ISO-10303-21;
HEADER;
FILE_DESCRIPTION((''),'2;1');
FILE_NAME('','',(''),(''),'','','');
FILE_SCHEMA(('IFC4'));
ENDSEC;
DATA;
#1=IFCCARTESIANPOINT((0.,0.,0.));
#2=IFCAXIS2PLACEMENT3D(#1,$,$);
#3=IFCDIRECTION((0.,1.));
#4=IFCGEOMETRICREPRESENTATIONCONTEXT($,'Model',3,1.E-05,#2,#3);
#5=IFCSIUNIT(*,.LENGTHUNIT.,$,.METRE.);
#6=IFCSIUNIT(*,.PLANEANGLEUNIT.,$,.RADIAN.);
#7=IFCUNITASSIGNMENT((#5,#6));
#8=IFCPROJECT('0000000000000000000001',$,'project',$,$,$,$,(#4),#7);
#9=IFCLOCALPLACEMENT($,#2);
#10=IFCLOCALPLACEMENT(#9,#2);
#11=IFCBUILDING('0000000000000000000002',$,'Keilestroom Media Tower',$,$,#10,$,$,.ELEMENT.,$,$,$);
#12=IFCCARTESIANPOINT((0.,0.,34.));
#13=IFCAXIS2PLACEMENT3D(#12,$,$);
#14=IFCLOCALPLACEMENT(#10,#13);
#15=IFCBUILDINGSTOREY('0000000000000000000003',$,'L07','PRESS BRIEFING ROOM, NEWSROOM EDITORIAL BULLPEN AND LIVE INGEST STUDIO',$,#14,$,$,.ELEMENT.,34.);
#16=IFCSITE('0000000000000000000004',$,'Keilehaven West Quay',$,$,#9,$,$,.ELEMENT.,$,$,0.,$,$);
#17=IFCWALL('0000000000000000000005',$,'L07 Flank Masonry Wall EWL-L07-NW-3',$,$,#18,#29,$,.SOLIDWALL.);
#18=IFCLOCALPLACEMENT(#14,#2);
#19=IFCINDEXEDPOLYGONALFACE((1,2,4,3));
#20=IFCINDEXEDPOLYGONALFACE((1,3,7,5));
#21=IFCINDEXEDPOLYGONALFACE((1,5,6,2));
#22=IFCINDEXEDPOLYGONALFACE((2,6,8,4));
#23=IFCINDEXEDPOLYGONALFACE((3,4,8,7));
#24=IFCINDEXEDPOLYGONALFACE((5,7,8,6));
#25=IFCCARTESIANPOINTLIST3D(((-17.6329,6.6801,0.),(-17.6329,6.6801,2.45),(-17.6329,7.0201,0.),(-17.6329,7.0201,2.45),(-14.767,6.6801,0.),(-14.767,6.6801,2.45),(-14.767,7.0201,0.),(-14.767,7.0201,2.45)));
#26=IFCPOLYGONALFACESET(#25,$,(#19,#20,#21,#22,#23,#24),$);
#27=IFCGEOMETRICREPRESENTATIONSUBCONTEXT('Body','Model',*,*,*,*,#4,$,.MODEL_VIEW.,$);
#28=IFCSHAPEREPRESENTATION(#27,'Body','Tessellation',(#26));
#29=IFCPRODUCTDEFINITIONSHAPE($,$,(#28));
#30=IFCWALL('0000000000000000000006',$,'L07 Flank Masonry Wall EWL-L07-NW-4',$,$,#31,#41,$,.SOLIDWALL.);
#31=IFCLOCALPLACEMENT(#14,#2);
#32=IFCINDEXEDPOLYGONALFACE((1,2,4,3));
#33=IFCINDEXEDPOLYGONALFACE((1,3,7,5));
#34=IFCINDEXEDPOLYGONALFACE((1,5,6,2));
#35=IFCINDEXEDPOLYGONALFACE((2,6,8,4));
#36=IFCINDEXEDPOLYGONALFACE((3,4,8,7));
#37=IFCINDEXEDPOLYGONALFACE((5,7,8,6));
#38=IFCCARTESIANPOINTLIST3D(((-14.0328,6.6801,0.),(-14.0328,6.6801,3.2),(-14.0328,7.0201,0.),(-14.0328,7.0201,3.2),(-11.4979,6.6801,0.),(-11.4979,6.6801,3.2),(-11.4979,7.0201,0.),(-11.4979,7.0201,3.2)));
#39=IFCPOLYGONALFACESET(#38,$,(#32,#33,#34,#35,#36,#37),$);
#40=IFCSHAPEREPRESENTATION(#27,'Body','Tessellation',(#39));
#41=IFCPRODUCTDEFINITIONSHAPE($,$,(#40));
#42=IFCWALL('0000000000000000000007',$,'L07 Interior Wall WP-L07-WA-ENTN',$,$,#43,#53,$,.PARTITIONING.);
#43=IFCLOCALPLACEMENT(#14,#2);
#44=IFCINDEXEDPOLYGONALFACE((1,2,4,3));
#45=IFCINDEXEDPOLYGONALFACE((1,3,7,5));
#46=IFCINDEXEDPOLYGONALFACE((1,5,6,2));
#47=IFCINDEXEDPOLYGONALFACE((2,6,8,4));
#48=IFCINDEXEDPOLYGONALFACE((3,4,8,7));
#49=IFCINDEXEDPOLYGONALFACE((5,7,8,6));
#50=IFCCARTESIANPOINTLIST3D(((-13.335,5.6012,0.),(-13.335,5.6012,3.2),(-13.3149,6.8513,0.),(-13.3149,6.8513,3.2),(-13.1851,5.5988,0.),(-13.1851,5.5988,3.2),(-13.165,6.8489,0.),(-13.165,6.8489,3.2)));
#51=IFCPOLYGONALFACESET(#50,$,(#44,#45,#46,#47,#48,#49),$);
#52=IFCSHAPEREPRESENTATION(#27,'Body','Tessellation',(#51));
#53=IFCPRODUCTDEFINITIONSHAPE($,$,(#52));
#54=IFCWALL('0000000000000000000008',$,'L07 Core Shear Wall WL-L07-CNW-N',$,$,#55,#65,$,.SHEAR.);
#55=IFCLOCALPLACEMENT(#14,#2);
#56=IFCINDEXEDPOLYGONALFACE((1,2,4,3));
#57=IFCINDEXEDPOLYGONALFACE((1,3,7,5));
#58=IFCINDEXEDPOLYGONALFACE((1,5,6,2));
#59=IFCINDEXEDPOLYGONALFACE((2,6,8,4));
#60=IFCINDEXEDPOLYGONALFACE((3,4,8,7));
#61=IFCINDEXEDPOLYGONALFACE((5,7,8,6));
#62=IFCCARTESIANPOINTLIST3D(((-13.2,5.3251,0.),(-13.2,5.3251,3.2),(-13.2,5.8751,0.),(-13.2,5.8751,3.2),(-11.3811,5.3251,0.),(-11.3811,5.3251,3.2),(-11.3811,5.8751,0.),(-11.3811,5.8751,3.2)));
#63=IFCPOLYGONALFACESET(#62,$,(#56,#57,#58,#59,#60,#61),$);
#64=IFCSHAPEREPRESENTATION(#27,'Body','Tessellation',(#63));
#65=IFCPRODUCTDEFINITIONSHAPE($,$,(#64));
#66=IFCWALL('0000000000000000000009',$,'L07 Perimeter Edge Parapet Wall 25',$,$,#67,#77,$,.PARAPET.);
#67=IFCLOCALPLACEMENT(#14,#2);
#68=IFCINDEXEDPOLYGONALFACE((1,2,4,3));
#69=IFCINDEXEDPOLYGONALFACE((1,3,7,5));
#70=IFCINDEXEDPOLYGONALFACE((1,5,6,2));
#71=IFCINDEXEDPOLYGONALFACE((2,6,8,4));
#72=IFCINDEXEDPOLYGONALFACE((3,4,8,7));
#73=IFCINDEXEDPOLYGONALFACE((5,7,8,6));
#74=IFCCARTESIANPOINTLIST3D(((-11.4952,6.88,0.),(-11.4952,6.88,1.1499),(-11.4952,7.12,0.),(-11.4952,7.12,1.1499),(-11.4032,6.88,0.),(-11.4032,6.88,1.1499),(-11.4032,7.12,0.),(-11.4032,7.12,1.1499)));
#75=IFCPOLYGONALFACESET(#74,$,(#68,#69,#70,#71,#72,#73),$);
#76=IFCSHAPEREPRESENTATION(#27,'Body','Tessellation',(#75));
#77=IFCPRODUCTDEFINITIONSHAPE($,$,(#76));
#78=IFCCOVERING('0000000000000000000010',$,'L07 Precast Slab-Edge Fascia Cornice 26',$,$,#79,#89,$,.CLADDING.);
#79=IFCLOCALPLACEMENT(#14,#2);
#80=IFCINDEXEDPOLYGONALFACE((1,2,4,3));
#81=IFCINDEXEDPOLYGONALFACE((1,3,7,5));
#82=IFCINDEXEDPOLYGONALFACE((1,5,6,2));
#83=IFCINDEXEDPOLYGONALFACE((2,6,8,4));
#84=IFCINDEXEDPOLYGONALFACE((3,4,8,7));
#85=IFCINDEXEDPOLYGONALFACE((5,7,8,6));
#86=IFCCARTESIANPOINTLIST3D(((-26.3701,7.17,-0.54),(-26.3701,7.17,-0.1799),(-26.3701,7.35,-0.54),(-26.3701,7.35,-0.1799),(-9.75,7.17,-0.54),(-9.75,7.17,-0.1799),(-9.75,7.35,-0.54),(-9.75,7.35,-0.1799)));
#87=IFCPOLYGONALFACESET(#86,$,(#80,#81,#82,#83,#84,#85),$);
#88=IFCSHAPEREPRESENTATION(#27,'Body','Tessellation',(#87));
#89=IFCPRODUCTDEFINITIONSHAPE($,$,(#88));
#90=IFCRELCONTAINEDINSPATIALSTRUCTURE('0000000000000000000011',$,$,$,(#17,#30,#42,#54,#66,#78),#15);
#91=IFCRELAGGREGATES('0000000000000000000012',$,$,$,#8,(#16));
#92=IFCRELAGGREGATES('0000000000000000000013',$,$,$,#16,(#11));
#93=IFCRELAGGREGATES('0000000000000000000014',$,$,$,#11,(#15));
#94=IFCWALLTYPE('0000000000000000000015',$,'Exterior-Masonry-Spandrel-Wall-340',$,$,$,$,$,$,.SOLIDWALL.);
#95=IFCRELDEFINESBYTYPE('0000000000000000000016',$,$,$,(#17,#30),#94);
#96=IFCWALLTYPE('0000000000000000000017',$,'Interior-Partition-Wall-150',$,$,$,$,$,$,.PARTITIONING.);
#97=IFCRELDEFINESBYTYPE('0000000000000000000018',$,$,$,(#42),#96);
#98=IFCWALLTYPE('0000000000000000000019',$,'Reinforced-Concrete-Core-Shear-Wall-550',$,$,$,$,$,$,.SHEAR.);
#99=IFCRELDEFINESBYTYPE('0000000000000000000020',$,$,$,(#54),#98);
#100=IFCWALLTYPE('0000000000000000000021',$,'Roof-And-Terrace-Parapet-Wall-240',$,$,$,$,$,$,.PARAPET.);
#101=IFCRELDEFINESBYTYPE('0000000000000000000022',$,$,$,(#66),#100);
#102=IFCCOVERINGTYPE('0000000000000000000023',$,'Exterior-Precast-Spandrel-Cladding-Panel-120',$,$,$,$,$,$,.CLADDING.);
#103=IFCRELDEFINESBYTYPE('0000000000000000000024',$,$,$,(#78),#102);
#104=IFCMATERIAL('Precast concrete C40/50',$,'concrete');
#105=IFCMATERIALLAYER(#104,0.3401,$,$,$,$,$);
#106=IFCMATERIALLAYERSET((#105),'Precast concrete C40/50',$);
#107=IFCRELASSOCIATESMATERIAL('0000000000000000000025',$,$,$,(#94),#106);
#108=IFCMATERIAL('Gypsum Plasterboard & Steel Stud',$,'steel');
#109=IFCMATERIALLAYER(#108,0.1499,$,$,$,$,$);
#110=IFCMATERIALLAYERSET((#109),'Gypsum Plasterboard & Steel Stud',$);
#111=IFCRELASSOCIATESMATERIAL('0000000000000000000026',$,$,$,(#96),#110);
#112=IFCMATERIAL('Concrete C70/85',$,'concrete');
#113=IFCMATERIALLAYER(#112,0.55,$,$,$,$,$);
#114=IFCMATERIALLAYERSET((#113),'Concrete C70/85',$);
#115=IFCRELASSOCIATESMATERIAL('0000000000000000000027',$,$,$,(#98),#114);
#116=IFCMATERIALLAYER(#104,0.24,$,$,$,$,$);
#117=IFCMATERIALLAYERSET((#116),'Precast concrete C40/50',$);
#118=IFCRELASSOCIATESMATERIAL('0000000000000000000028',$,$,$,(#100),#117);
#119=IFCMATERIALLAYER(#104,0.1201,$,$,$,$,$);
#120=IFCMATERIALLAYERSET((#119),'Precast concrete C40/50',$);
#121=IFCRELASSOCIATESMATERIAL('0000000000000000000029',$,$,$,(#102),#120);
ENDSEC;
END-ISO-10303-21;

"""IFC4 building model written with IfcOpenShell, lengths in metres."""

from ifc_helpers import new_model, si_unit, direction, frame, frame_2d, origin, origin_2d, place, context, subcontext, project, spatial, rectangle, extrude, source, transform, mapped, material, layer, layer_set, type_object, element, save


model = new_model("IFC4")

# Units and contexts
model_context = context("Model", 3, precision=1e-05, world=origin(), true_north=direction((0.0, 1.0)))
body_context = subcontext(model_context, "Body", "Model", "MODEL_VIEW")
ifc_project = project(units=[si_unit("LENGTHUNIT", "METRE"), si_unit("PLANEANGLEUNIT", "RADIAN")], contexts=[model_context])

# Site, building, storey
site_placement = place(None, origin())
site = spatial("IfcSite", under=ifc_project, at=site_placement, Name="Keilehaven West Quay", CompositionType="ELEMENT", RefElevation=0.0)
building_placement = place(site_placement, origin())
building = spatial("IfcBuilding", under=site, at=building_placement, Name="Keilestroom Media Tower", CompositionType="ELEMENT")
storey_placement = place(building_placement, frame((0.0, 0.0, 34.0)))
storey = spatial("IfcBuildingStorey", under=building, at=storey_placement, Name="L07", Description="PRESS BRIEFING ROOM, NEWSROOM EDITORIAL BULLPEN AND LIVE INGEST STUDIO", CompositionType="ELEMENT", Elevation=34.0)

# Shared definitions
ifc_material_1 = material(Name="Precast concrete C40/50", Category="concrete")

# Walls
ifc_layer_1 = layer(ifc_material_1, 0.3401)
ifc_layer_set_1 = layer_set([ifc_layer_1], Name="Precast concrete C40/50")
wall_type_1 = type_object("IfcWallType", Name="Exterior-Masonry-Spandrel-Wall-340", PredefinedType="SOLIDWALL", material=ifc_layer_set_1)
for number, where, z_axis, x_axis, name in (
    (1, (-17.6331, 6.8501, 0.0), (0.0, 0.0, 1.0), (1.0, 0.0, 0.0), "L07 Flank Masonry Wall EWL-L07-NW-3"),
):
    element("IfcWall", number, at=place(storey_placement, frame(where, z_axis=z_axis, x_axis=x_axis)), inside=storey, type_object=wall_type_1, Name=name, PredefinedType="SOLIDWALL", context=body_context, shape_type="SweptSolid", body=[
        extrude(rectangle(XDim=2.866, YDim=0.3401, at=frame_2d((1.4331, 0.0))), origin(), (0.0, 0.0, 1.0), 2.45),
    ])
wall_1_placement = place(storey_placement, frame((-14.033, 6.8501, 0.0), z_axis=(0.0, 0.0, 1.0), x_axis=(1.0, 0.0, 0.0)))
element("IfcWall", 2, at=wall_1_placement, inside=storey, type_object=wall_type_1, Name="L07 Flank Masonry Wall EWL-L07-NW-4", PredefinedType="SOLIDWALL", context=body_context, shape_type="SweptSolid", body=[
    extrude(rectangle(XDim=2.5349, YDim=0.3401, at=frame_2d((1.2676, 0.0))), origin(), (0.0, 0.0, 1.0), 3.2),
])
ifc_material_2 = material(Name="Gypsum Plasterboard & Steel Stud", Category="steel")
ifc_layer_2 = layer(ifc_material_2, 0.1499)
ifc_layer_set_2 = layer_set([ifc_layer_2], Name="Gypsum Plasterboard & Steel Stud")
wall_type_2 = type_object("IfcWallType", Name="Interior-Partition-Wall-150", PredefinedType="PARTITIONING", material=ifc_layer_set_2)
wall_2_placement = place(storey_placement, frame((-13.26, 5.6001, 0.0), z_axis=(0.0, 0.0, 1.0), x_axis=(0.016014, 0.999872, 0.0)))
element("IfcWall", 3, at=wall_2_placement, inside=storey, type_object=wall_type_2, Name="L07 Interior Wall WP-L07-WA-ENTN", PredefinedType="PARTITIONING", context=body_context, shape_type="SweptSolid", body=[
    extrude(rectangle(XDim=1.2502, YDim=0.1499, at=frame_2d((0.625, 0.0))), origin(), (0.0, 0.0, 1.0), 3.2),
])
ifc_material_3 = material(Name="Concrete C70/85", Category="concrete")
ifc_layer_3 = layer(ifc_material_3, 0.55)
ifc_layer_set_3 = layer_set([ifc_layer_3], Name="Concrete C70/85")
wall_type_3 = type_object("IfcWallType", Name="Reinforced-Concrete-Core-Shear-Wall-550", PredefinedType="SHEAR", material=ifc_layer_set_3)
wall_3_placement = place(storey_placement, frame((-13.2, 5.6001, 0.0), z_axis=(0.0, 0.0, 1.0), x_axis=(1.0, 0.0, 0.0)))
element("IfcWall", 4, at=wall_3_placement, inside=storey, type_object=wall_type_3, Name="L07 Core Shear Wall WL-L07-CNW-N", PredefinedType="SHEAR", context=body_context, shape_type="SweptSolid", body=[
    extrude(rectangle(XDim=1.8188, YDim=0.55, at=frame_2d((0.9094, 0.0))), origin(), (0.0, 0.0, 1.0), 3.2),
])
ifc_layer_4 = layer(ifc_material_1, 0.24)
ifc_layer_set_4 = layer_set([ifc_layer_4], Name="Precast concrete C40/50")
wall_type_4 = type_object("IfcWallType", Name="Roof-And-Terrace-Parapet-Wall-240", PredefinedType="PARAPET", material=ifc_layer_set_4)
wall_4_placement = place(storey_placement, frame((-11.4951, 7.0, 0.0), z_axis=(0.0, 0.0, 1.0), x_axis=(1.0, 0.0, 0.0)))
element("IfcWall", 5, at=wall_4_placement, inside=storey, type_object=wall_type_4, Name="L07 Perimeter Edge Parapet Wall 25", PredefinedType="PARAPET", context=body_context, shape_type="SweptSolid", body=[
    extrude(rectangle(XDim=0.092, YDim=0.24, at=frame_2d((0.0459, 0.0))), origin(), (0.0, 0.0, 1.0), 1.1499),
])

# Covering
ifc_layer_5 = layer(ifc_material_1, 0.1201)
ifc_layer_set_5 = layer_set([ifc_layer_5], Name="Precast concrete C40/50")
covering_type = type_object("IfcCoveringType", Name="Exterior-Precast-Spandrel-Cladding-Panel-120", PredefinedType="CLADDING", material=ifc_layer_set_5)
shared_shape_1 = source(origin(), body_context, "Body", "SweptSolid", [
    extrude(rectangle(XDim=16.6201, YDim=0.1799, at=origin_2d()), origin(), (0.0, 0.0, 1.0), 0.3601),
])
covering_placement = place(storey_placement, frame((-18.0601, 7.26, -0.54), z_axis=(0.0, 0.0, 1.0), x_axis=(1.0, 0.0, 0.0)))
element("IfcCovering", 6, at=covering_placement, inside=storey, type_object=covering_type, Name="L07 Precast Slab-Edge Fascia Cornice 26", PredefinedType="CLADDING", context=body_context, shape_type="MappedRepresentation", body=[
    mapped(shared_shape_1, transform((0.0, 0.0, 0.0), x_axis=(1.0, 0.0, 0.0), y_axis=(0.0, 1.0, 0.0), z_axis=(0.0, 0.0, 1.0), scale=1.0)),
])

save(model, "model.ifc")
